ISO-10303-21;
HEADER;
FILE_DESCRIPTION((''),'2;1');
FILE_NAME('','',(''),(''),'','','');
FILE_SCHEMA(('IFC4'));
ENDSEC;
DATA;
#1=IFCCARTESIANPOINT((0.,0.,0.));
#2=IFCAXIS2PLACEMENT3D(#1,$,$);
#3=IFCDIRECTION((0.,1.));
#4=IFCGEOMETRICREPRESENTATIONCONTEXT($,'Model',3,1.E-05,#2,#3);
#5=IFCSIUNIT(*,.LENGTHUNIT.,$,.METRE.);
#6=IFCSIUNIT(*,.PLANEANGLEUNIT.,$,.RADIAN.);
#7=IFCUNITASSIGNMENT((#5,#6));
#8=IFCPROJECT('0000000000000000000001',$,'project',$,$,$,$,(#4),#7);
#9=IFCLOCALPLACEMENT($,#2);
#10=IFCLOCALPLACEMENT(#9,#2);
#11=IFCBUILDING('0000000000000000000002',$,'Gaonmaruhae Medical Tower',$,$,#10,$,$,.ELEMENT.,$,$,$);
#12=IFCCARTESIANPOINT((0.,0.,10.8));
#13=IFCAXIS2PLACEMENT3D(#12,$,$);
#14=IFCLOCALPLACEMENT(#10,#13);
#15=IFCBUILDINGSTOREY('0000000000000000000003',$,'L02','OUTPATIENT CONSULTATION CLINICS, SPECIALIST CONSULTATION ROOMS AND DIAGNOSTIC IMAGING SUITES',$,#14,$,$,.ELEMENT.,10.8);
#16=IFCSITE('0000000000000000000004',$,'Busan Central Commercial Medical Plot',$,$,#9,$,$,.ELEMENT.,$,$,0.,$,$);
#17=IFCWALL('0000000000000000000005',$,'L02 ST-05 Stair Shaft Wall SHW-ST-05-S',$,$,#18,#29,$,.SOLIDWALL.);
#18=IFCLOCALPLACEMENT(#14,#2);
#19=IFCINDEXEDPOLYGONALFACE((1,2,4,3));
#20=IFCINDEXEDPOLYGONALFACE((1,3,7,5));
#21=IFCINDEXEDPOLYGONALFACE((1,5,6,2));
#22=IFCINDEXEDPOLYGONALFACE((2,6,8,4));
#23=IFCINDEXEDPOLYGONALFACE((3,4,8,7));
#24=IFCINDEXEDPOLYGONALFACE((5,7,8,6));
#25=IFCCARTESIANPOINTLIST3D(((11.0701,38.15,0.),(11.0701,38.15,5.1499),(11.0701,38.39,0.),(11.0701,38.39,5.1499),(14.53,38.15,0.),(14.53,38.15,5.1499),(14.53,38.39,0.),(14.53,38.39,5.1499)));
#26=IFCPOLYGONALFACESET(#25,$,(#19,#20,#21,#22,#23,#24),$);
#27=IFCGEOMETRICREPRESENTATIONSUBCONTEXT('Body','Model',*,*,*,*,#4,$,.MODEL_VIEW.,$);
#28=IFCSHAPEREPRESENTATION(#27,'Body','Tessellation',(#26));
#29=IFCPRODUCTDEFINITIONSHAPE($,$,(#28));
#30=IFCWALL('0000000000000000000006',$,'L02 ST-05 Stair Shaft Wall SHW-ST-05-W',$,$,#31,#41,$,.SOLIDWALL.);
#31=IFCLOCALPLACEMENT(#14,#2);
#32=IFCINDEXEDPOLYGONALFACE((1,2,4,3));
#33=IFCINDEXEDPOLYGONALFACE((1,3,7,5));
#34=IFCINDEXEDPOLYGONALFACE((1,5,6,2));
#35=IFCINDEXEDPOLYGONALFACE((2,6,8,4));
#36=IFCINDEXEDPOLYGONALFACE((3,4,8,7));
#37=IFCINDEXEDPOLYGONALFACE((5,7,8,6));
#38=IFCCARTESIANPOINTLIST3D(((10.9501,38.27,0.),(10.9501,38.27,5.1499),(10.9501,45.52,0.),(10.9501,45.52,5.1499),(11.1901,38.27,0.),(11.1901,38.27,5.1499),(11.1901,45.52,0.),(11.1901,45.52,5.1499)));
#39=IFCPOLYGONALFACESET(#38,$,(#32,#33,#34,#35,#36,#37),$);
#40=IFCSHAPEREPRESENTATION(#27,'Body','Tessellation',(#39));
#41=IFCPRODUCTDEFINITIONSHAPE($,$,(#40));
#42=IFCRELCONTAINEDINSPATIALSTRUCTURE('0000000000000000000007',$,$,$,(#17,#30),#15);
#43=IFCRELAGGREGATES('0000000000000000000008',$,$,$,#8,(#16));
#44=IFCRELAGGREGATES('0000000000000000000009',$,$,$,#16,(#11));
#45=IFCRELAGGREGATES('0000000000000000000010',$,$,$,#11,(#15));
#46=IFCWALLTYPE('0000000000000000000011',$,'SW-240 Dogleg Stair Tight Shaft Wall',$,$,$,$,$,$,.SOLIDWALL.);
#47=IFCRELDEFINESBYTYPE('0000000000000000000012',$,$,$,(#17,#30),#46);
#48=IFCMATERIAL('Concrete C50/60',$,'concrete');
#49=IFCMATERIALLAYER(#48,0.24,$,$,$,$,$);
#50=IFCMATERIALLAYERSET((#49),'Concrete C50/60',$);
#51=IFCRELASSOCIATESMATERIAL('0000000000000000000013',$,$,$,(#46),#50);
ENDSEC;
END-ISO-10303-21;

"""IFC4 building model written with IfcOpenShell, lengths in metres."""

from ifc_helpers import new_model, si_unit, direction, frame, frame_2d, origin, place, context, subcontext, project, spatial, rectangle, extrude, material, layer, layer_set, type_object, element, save


model = new_model("IFC4")

# Units and contexts
model_context = context("Model", 3, precision=1e-05, world=origin(), true_north=direction((0.0, 1.0)))
body_context = subcontext(model_context, "Body", "Model", "MODEL_VIEW")
ifc_project = project(units=[si_unit("LENGTHUNIT", "METRE"), si_unit("PLANEANGLEUNIT", "RADIAN")], contexts=[model_context])

# Site, building, storey
site_placement = place(None, origin())
site = spatial("IfcSite", under=ifc_project, at=site_placement, Name="Busan Central Commercial Medical Plot", CompositionType="ELEMENT", RefElevation=0.0)
building_placement = place(site_placement, origin())
building = spatial("IfcBuilding", under=site, at=building_placement, Name="Gaonmaruhae Medical Tower", CompositionType="ELEMENT")
storey_placement = place(building_placement, frame((0.0, 0.0, 10.8)))
storey = spatial("IfcBuildingStorey", under=building, at=storey_placement, Name="L02", Description="OUTPATIENT CONSULTATION CLINICS, SPECIALIST CONSULTATION ROOMS AND DIAGNOSTIC IMAGING SUITES", CompositionType="ELEMENT", Elevation=10.8)

# Shared definitions
ifc_material_1 = material(Name="Concrete C50/60", Category="concrete")

# Walls
ifc_layer_1 = layer(ifc_material_1, 0.24)
ifc_layer_set_1 = layer_set([ifc_layer_1], Name="Concrete C50/60")
wall_type_1 = type_object("IfcWallType", Name="SW-240 Dogleg Stair Tight Shaft Wall", PredefinedType="SOLIDWALL", material=ifc_layer_set_1)
wall_1_placement = place(storey_placement, frame((14.53, 38.27, 0.0), z_axis=(0.0, 0.0, 1.0), x_axis=(-1.0, 0.0, 0.0)))
element("IfcWall", 1, at=wall_1_placement, inside=storey, type_object=wall_type_1, Name="L02 ST-05 Stair Shaft Wall SHW-ST-05-S", PredefinedType="SOLIDWALL", context=body_context, shape_type="SweptSolid", body=[
    extrude(rectangle(XDim=3.46, YDim=0.24, at=frame_2d((1.73, 0.0))), origin(), (0.0, 0.0, 1.0), 5.1499),
])
wall_2_placement = place(storey_placement, frame((11.0701, 38.27, 0.0), z_axis=(0.0, 0.0, 1.0), x_axis=(0.0, 1.0, 0.0)))
element("IfcWall", 2, at=wall_2_placement, inside=storey, type_object=wall_type_1, Name="L02 ST-05 Stair Shaft Wall SHW-ST-05-W", PredefinedType="SOLIDWALL", context=body_context, shape_type="SweptSolid", body=[
    extrude(rectangle(XDim=7.25, YDim=0.24, at=frame_2d((3.625, 0.0))), origin(), (0.0, 0.0, 1.0), 5.1499),
])

save(model, "model.ifc")
